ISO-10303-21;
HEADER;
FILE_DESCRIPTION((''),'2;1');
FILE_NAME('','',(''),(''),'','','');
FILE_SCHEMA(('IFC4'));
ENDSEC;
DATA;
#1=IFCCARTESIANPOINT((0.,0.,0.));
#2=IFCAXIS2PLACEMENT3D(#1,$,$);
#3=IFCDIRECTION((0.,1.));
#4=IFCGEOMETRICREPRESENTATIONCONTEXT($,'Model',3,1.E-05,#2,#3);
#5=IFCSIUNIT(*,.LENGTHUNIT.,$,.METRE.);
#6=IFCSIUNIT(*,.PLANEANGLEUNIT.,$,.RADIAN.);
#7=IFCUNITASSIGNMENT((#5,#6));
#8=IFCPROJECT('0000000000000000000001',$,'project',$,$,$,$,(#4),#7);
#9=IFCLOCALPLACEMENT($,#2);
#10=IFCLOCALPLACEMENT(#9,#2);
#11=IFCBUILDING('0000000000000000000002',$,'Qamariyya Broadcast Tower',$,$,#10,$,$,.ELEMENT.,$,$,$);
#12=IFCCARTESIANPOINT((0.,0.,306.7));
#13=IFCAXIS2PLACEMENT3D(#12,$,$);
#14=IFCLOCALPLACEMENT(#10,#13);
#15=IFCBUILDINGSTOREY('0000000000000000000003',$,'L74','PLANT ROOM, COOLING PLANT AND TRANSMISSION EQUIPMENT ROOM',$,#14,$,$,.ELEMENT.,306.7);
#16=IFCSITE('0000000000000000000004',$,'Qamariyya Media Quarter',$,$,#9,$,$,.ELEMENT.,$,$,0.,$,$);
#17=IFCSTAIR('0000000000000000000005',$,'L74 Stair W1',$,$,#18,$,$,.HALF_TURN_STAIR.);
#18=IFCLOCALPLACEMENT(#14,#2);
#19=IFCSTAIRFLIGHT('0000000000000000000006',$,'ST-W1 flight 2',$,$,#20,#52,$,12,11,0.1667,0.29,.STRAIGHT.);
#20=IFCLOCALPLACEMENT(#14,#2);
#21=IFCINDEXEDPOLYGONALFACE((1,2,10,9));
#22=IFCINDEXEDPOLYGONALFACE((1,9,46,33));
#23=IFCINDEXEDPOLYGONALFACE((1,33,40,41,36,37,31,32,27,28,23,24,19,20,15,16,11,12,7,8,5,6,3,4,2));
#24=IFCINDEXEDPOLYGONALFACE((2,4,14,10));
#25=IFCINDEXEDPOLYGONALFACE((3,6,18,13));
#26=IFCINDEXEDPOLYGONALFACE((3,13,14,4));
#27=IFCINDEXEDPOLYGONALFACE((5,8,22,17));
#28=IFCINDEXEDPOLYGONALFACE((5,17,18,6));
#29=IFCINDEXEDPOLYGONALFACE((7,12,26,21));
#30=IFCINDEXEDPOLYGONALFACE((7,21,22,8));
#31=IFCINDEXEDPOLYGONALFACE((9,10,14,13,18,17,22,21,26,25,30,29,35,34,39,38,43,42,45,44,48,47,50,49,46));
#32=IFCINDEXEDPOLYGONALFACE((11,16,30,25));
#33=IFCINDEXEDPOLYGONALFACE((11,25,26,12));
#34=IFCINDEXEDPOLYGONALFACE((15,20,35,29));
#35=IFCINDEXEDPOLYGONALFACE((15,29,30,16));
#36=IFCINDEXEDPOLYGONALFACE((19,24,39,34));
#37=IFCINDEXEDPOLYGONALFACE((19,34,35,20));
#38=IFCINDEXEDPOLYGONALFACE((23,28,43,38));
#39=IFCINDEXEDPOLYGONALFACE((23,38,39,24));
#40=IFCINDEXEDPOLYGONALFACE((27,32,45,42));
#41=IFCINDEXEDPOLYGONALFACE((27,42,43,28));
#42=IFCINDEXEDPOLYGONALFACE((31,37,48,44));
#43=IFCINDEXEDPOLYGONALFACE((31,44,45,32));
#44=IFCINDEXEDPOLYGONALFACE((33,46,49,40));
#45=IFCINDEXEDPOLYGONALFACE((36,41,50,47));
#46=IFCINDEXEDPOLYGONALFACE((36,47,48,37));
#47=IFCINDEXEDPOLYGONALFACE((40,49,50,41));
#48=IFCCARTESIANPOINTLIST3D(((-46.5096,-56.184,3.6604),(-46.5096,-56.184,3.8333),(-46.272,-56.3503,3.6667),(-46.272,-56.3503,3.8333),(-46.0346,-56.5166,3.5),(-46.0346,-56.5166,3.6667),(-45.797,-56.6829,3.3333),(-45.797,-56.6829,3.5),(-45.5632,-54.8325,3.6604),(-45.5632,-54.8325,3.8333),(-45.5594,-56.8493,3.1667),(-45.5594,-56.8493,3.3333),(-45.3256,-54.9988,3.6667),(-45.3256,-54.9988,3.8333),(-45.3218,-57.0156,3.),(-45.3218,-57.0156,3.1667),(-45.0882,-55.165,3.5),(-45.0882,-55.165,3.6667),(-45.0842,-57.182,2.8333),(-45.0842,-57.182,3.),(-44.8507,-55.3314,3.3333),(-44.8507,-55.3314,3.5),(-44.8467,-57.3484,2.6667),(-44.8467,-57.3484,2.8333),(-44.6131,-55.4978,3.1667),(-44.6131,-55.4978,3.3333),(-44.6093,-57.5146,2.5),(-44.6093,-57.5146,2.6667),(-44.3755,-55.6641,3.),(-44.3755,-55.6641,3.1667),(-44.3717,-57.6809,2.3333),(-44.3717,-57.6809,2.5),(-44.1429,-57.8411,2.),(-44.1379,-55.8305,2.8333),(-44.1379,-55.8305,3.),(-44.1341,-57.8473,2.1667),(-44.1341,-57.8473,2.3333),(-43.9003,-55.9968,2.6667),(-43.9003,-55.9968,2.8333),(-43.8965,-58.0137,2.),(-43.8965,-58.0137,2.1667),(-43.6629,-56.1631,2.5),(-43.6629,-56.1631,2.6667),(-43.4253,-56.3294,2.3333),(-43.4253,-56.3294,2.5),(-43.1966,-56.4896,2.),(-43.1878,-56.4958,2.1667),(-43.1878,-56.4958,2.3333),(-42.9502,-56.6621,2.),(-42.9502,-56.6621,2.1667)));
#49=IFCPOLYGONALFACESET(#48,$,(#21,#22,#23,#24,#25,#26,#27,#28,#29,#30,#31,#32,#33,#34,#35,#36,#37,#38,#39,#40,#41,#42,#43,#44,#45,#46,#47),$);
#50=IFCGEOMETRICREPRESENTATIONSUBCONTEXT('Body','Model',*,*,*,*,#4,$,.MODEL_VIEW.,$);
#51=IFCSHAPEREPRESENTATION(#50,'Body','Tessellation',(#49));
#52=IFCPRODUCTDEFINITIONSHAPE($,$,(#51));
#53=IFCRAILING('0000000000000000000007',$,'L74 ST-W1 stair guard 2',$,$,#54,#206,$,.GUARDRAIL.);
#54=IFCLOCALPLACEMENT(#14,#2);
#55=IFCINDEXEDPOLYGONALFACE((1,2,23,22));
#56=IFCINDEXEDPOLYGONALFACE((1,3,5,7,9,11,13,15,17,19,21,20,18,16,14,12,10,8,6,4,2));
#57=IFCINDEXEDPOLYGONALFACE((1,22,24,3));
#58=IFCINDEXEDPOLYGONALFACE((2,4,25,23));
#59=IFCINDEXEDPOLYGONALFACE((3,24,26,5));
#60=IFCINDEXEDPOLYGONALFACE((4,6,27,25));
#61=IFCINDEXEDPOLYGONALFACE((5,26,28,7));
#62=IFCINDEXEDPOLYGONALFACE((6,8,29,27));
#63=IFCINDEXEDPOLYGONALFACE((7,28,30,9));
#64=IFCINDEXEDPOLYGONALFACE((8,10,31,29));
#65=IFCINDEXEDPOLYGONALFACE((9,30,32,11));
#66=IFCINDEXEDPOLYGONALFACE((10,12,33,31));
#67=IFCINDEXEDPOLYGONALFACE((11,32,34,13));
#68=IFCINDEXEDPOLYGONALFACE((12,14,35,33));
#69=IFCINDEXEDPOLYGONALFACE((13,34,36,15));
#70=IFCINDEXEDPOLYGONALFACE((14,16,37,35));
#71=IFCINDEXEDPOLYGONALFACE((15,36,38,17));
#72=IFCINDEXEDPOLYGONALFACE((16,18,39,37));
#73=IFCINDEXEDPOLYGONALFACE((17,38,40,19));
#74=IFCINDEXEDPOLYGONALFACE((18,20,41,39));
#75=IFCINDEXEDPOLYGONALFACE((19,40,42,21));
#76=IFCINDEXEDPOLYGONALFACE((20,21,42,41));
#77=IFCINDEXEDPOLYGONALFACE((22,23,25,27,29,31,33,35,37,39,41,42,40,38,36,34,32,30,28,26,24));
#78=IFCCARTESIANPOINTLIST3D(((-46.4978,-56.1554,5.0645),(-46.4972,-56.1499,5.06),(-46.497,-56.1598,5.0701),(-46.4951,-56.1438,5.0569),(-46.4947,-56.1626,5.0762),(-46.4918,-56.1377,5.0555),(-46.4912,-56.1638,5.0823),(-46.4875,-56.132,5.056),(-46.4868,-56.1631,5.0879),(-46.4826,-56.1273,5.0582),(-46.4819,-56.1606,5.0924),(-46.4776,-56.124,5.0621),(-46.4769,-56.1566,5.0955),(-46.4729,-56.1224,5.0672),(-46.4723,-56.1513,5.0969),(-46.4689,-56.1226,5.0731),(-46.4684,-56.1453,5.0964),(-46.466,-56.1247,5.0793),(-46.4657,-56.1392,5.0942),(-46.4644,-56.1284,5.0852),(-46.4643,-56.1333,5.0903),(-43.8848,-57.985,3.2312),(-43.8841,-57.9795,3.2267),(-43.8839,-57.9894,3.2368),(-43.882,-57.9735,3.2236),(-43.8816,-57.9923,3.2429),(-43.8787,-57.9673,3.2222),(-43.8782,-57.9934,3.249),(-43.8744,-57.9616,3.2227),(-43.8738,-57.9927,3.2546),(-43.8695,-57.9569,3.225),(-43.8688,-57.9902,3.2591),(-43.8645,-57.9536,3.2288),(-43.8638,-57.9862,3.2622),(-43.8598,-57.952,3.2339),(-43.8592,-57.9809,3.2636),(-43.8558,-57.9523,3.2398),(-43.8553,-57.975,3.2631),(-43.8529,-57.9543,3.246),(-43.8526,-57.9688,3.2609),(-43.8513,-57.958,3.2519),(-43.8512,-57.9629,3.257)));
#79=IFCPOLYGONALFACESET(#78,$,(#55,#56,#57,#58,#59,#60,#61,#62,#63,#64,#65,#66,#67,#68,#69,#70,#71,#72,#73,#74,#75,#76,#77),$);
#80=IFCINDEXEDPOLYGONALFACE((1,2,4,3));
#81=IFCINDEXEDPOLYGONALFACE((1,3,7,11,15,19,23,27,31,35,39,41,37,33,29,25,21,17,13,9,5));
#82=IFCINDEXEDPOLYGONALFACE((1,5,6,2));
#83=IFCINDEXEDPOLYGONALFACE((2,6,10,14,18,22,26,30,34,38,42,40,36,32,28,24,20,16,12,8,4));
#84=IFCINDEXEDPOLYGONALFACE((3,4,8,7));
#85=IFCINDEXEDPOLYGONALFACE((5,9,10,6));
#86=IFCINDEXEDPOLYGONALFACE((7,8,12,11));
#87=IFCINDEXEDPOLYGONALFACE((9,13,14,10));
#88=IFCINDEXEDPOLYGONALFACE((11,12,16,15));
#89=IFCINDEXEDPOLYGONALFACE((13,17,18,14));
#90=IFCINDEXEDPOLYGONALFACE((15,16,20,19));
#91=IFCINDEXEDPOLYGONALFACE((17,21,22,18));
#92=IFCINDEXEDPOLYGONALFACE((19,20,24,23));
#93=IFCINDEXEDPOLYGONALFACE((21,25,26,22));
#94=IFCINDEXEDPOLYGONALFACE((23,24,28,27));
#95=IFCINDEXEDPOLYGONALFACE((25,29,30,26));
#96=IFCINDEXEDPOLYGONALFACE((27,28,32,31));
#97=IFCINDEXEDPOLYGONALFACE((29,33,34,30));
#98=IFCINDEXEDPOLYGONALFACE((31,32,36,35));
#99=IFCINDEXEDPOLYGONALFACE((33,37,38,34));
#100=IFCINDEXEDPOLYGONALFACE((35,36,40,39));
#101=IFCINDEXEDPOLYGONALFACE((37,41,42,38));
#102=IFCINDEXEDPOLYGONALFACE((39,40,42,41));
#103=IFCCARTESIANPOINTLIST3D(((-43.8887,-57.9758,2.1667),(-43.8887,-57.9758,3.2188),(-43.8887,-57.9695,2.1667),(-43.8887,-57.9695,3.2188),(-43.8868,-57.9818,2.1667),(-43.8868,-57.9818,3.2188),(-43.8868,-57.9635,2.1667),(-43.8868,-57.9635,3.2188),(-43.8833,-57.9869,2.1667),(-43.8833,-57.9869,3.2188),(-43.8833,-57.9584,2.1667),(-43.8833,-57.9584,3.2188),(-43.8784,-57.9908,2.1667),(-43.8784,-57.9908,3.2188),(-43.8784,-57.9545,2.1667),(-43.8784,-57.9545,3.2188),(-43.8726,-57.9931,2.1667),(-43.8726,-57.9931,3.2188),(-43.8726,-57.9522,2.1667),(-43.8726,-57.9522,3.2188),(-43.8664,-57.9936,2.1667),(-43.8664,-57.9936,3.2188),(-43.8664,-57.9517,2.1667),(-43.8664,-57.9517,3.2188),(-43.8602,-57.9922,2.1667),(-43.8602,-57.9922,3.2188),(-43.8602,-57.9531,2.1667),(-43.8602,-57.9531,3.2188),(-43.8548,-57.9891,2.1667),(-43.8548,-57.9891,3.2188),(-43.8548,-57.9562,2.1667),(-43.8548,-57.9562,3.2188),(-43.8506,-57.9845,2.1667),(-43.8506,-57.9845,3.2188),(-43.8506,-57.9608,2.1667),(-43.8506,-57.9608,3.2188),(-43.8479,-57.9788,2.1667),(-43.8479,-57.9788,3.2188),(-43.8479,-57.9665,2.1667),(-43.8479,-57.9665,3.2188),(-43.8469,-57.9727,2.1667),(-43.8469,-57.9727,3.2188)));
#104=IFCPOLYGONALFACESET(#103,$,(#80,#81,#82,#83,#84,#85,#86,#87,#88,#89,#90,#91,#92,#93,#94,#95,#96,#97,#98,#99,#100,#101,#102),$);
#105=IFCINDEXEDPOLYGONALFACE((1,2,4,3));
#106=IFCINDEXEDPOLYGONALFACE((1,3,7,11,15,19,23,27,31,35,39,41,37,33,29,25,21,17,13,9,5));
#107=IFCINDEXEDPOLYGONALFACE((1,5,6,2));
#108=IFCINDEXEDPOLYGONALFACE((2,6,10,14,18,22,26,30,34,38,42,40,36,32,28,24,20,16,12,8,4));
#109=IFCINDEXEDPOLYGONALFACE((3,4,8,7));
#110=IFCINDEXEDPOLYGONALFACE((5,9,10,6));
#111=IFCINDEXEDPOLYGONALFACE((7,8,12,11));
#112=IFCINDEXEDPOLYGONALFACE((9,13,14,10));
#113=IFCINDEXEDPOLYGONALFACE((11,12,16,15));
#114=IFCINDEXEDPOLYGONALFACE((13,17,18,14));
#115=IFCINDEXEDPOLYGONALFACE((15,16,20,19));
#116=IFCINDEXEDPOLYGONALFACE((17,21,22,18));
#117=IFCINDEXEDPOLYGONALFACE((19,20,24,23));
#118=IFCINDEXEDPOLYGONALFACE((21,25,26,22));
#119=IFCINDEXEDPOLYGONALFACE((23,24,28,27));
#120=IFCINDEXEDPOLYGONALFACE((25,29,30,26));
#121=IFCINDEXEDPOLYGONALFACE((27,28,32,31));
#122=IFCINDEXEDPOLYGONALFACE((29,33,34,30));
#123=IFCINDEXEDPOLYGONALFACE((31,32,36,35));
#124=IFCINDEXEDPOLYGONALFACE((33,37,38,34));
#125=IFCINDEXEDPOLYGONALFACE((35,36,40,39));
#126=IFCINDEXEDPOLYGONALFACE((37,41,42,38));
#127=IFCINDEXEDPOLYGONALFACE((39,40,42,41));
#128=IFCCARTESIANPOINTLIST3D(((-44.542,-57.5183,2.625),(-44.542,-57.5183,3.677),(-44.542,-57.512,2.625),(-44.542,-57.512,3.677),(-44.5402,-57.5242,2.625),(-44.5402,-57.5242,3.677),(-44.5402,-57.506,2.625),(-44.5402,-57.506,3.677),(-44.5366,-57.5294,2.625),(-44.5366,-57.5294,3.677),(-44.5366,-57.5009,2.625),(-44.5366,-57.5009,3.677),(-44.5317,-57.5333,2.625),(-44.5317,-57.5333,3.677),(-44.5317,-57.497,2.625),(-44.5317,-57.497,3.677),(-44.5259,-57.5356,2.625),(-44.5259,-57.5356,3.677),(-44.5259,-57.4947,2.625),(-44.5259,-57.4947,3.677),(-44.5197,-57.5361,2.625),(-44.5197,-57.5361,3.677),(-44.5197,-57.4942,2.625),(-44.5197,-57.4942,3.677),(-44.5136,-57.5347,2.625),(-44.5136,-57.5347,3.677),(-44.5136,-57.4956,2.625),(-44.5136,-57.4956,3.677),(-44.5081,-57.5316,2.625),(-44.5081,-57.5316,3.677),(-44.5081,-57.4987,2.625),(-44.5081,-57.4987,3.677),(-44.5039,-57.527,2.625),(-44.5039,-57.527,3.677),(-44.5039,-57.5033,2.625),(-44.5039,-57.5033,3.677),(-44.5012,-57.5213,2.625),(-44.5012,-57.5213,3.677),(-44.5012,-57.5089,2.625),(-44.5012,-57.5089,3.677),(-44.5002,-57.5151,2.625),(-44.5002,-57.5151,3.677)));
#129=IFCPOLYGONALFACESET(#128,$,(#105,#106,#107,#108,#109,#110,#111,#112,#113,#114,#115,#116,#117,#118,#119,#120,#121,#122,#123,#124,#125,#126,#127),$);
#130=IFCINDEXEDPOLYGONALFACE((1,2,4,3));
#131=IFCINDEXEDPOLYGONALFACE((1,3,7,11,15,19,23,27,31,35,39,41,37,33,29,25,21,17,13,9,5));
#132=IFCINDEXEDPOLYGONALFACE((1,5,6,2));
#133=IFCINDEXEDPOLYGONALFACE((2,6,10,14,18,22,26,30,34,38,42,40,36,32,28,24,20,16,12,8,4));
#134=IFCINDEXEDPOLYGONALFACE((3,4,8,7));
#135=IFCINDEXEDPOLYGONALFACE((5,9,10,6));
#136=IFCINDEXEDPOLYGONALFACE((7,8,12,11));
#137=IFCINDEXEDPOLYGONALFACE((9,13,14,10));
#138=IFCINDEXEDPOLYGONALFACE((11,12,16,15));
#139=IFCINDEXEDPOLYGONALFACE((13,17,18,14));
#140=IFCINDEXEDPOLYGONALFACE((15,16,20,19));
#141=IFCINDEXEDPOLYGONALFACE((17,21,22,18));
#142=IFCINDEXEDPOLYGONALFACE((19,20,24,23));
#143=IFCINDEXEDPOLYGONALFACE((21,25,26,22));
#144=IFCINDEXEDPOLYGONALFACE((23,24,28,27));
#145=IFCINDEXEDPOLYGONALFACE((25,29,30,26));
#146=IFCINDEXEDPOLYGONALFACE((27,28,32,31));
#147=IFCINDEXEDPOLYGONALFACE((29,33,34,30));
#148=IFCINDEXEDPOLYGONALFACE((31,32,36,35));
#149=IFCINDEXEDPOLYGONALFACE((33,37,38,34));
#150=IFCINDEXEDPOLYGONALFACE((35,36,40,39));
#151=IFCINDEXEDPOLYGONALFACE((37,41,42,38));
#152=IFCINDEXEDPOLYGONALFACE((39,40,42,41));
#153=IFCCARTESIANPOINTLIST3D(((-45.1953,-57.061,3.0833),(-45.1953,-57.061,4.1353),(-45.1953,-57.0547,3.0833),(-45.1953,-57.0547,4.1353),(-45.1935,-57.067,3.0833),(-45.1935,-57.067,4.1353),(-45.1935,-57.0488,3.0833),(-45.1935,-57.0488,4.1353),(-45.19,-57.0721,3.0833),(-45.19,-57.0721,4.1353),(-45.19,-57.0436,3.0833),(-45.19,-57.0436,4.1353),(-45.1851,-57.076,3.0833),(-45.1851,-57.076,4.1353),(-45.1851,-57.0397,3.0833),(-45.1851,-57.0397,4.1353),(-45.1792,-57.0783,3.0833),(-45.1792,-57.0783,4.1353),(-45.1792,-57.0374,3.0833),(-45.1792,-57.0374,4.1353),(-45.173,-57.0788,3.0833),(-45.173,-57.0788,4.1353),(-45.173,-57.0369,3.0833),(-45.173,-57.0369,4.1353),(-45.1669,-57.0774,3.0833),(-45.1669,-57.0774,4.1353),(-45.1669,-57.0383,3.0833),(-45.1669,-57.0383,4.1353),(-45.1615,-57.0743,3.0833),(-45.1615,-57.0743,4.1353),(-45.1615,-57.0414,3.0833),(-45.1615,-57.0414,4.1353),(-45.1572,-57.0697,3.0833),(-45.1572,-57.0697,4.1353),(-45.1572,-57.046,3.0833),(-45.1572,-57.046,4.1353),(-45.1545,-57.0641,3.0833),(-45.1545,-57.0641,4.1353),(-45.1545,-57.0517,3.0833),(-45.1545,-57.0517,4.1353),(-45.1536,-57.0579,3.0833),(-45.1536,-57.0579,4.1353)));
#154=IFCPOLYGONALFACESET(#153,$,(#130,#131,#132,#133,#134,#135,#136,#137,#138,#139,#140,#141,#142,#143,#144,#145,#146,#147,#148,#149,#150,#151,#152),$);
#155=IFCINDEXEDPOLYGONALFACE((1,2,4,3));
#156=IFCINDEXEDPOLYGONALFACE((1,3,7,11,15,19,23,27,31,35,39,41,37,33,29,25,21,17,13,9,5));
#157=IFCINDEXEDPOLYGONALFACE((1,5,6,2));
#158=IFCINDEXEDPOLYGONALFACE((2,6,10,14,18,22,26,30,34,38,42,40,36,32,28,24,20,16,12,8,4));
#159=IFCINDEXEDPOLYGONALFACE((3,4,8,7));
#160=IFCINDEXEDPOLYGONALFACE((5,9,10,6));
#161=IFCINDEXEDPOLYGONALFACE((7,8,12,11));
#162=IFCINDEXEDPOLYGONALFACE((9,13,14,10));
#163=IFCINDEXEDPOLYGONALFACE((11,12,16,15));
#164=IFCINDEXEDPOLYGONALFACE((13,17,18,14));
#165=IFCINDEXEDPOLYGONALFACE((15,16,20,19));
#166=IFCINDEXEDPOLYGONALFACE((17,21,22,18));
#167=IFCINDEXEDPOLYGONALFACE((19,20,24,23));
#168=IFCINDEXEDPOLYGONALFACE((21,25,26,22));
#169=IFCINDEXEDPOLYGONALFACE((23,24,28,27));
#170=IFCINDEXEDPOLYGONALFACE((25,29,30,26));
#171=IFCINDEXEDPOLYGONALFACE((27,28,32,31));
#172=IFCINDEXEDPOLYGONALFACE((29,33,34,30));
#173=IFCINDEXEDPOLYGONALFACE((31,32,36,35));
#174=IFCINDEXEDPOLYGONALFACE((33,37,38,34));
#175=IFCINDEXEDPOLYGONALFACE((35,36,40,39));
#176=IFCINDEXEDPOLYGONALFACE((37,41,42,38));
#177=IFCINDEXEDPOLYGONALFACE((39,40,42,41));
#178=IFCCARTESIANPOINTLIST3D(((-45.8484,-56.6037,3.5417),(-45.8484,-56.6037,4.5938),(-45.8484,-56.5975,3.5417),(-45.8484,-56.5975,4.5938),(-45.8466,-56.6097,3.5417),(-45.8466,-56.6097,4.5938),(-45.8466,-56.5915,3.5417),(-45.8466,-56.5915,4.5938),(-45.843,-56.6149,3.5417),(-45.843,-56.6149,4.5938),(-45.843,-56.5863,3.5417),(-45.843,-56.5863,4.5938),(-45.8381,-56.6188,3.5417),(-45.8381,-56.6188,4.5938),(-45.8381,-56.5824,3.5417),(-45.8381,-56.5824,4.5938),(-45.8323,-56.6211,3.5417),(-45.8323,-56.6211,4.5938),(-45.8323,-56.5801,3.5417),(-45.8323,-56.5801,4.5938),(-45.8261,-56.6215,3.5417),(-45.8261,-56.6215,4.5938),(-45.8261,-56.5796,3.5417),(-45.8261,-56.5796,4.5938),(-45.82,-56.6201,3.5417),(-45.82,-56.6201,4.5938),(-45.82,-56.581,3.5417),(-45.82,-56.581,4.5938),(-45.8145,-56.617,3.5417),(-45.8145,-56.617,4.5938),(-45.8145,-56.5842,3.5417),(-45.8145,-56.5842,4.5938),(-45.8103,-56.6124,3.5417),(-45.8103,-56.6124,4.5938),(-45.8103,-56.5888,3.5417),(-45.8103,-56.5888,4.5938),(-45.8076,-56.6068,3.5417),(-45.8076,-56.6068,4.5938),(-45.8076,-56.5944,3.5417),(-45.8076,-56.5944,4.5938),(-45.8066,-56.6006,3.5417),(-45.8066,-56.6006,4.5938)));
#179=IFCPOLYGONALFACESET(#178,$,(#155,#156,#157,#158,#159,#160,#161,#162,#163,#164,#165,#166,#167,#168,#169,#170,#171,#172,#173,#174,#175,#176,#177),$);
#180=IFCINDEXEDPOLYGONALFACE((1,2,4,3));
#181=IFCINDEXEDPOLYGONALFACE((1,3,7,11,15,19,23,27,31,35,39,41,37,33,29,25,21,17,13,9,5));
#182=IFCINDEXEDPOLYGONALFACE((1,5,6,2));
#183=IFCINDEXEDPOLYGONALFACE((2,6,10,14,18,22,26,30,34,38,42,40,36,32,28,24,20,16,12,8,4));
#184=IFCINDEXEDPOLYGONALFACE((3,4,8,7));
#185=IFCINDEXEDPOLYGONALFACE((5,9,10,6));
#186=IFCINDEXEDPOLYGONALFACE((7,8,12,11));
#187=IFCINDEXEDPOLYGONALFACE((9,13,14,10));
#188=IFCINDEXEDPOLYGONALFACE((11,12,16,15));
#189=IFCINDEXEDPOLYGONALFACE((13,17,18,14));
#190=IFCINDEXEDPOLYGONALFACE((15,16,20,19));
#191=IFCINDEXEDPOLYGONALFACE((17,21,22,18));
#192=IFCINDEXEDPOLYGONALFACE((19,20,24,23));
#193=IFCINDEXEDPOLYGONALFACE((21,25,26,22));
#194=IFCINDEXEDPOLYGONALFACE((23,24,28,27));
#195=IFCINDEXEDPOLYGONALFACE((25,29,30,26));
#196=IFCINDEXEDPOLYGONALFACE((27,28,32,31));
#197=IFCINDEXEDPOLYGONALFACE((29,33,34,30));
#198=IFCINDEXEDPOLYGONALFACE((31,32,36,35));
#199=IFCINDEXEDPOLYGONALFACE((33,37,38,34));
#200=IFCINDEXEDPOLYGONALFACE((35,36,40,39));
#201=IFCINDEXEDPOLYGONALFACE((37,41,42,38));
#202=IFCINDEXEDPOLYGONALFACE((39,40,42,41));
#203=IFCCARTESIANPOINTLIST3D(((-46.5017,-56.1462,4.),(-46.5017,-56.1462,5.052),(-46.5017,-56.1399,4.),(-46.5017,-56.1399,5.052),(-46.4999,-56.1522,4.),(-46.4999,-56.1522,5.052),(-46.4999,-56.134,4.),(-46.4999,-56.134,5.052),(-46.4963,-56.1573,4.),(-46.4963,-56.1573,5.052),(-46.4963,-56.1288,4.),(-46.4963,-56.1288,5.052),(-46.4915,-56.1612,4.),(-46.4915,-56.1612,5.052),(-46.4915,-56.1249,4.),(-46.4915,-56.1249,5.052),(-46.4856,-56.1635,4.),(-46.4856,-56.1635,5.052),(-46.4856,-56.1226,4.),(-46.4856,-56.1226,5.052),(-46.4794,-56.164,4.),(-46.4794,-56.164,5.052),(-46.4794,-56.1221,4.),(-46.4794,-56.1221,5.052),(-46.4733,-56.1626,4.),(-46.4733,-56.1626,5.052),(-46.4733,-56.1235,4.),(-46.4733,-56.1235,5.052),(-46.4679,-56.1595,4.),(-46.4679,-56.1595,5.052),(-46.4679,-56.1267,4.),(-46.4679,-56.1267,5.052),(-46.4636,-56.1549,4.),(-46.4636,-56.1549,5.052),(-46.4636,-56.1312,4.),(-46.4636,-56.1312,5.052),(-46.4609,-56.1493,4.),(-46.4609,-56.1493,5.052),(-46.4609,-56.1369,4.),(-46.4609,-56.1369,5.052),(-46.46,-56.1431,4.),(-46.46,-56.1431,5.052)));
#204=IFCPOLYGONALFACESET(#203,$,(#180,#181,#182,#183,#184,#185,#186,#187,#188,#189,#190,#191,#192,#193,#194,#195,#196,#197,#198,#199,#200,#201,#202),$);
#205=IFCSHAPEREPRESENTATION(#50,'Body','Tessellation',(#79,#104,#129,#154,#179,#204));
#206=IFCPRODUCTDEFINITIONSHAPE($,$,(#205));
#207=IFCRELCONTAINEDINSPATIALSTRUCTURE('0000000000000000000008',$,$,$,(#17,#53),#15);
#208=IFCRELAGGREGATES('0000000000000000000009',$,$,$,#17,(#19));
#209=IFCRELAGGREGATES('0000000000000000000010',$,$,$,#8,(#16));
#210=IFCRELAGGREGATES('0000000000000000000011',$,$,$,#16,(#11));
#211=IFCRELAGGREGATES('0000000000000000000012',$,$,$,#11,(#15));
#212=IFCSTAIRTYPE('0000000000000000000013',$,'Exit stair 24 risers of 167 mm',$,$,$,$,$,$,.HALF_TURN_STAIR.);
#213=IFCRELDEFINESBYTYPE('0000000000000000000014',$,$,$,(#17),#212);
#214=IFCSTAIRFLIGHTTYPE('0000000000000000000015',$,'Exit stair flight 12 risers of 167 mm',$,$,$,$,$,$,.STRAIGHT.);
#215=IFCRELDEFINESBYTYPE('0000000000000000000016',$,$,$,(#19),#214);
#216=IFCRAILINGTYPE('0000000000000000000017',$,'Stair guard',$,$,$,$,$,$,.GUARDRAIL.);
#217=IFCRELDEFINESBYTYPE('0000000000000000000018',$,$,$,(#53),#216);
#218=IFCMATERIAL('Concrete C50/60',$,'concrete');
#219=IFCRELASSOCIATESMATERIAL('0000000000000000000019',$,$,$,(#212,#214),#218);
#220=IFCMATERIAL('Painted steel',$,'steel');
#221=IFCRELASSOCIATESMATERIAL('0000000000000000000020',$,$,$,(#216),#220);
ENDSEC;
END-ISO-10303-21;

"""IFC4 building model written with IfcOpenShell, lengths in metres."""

from ifc_helpers import new_model, si_unit, direction, frame, origin, origin_2d, place, context, subcontext, project, spatial, polyline, circle, outline, extrude, material, type_object, element, aggregate, save


model = new_model("IFC4")

# Units and contexts
model_context = context("Model", 3, precision=1e-05, world=origin(), true_north=direction((0.0, 1.0)))
body_context = subcontext(model_context, "Body", "Model", "MODEL_VIEW")
ifc_project = project(units=[si_unit("LENGTHUNIT", "METRE"), si_unit("PLANEANGLEUNIT", "RADIAN")], contexts=[model_context])

# Site, building, storey
site_placement = place(None, origin())
site = spatial("IfcSite", under=ifc_project, at=site_placement, Name="Qamariyya Media Quarter", CompositionType="ELEMENT", RefElevation=0.0)
building_placement = place(site_placement, origin())
building = spatial("IfcBuilding", under=site, at=building_placement, Name="Qamariyya Broadcast Tower", CompositionType="ELEMENT")
storey_placement = place(building_placement, frame((0.0, 0.0, 306.7)))
storey = spatial("IfcBuildingStorey", under=building, at=storey_placement, Name="L74", Description="PLANT ROOM, COOLING PLANT AND TRANSMISSION EQUIPMENT ROOM", CompositionType="ELEMENT", Elevation=306.7)

# Shared definitions
ifc_material_1 = material(Name="Concrete C50/60", Category="concrete")

# Stair, stair flight
stair_type = type_object("IfcStairType", Name="Exit stair 24 risers of 167 mm", PredefinedType="HALF_TURN_STAIR", material=ifc_material_1)
stair_placement = place(storey_placement, origin())
stair = element("IfcStair", 1, at=stair_placement, inside=storey, type_object=stair_type, Name="L74 Stair W1", PredefinedType="HALF_TURN_STAIR")
stair_flight_type = type_object("IfcStairFlightType", Name="Exit stair flight 12 risers of 167 mm", PredefinedType="STRAIGHT", material=ifc_material_1)
stair_flight_1_placement = place(storey_placement, frame((-43.4233, -57.3379, 2.0), z_axis=(0.0, 0.0, 1.0), x_axis=(-0.819152, 0.573576, 0.0)))
stair_flight_1 = element("IfcStairFlight", 2, at=stair_flight_1_placement, type_object=stair_flight_type, Name="ST-W1 flight 2", NumberOfRisers=12, NumberOfTreads=11, PredefinedType="STRAIGHT", RiserHeight=0.1667, TreadLength=0.29, context=body_context, shape_type="SweptSolid", body=[
    extrude(outline(polyline([(0.0, 0.0), (0.0, 0.1667), (0.29, 0.1667), (0.29, 0.3333), (0.5801, 0.3333), (0.5801, 0.5), (0.8701, 0.5), (0.8701, 0.6667), (1.1599, 0.6667), (1.1599, 0.8333), (1.45, 0.8333), (1.45, 1.0), (1.74, 1.0), (1.74, 1.1667), (2.03, 1.1667), (2.03, 1.3333), (2.3201, 1.3333), (2.3201, 1.5), (2.6101, 1.5), (2.6101, 1.6667), (2.8999, 1.6667), (2.8999, 1.8333), (3.1899, 1.8333), (3.1899, 2.0), (3.1899, 1.6604), (0.3008, 0.0), (0.0, 0.0)])), frame((0.0, 0.825, 0.0), z_axis=(0.0, -1.0, 0.0), x_axis=(1.0, 0.0, 0.0)), (0.0, 0.0, 1.0), 1.6499),
])
aggregate(stair, [stair_flight_1])

# Railing
ifc_material_2 = material(Name="Painted steel", Category="steel")
railing_type_1 = type_object("IfcRailingType", Name="Stair guard", PredefinedType="GUARDRAIL", material=ifc_material_2)
railing_1_placement = place(storey_placement, frame((-43.8679, -57.9727, 2.1667)))
element("IfcRailing", 3, at=railing_1_placement, inside=storey, type_object=railing_type_1, Name="L74 ST-W1 stair guard 2", PredefinedType="GUARDRAIL", context=body_context, shape_type="SweptSolid", body=[
    extrude(circle(Radius=0.0239, at=origin_2d()), frame((0.0, 0.0, 1.0762), z_axis=(-0.710228, 0.497285, 0.498281), x_axis=(-0.57356, -0.819164, 0.0)), (0.0, 0.0, 1.0), 3.6792),
    extrude(circle(Radius=0.021, at=origin_2d()), origin(), (0.0, 0.0, 1.0), 1.052),
    extrude(circle(Radius=0.021, at=origin_2d()), frame((-0.6533, 0.4575, 0.4583)), (0.0, 0.0, 1.0), 1.052),
    extrude(circle(Radius=0.021, at=origin_2d()), frame((-1.3066, 0.9148, 0.9165)), (0.0, 0.0, 1.0), 1.052),
    extrude(circle(Radius=0.021, at=origin_2d()), frame((-1.9597, 1.3721, 1.375)), (0.0, 0.0, 1.0), 1.052),
    extrude(circle(Radius=0.021, at=origin_2d()), frame((-2.613, 1.8296, 1.8333)), (0.0, 0.0, 1.0), 1.052),
])

save(model, "model.ifc")
